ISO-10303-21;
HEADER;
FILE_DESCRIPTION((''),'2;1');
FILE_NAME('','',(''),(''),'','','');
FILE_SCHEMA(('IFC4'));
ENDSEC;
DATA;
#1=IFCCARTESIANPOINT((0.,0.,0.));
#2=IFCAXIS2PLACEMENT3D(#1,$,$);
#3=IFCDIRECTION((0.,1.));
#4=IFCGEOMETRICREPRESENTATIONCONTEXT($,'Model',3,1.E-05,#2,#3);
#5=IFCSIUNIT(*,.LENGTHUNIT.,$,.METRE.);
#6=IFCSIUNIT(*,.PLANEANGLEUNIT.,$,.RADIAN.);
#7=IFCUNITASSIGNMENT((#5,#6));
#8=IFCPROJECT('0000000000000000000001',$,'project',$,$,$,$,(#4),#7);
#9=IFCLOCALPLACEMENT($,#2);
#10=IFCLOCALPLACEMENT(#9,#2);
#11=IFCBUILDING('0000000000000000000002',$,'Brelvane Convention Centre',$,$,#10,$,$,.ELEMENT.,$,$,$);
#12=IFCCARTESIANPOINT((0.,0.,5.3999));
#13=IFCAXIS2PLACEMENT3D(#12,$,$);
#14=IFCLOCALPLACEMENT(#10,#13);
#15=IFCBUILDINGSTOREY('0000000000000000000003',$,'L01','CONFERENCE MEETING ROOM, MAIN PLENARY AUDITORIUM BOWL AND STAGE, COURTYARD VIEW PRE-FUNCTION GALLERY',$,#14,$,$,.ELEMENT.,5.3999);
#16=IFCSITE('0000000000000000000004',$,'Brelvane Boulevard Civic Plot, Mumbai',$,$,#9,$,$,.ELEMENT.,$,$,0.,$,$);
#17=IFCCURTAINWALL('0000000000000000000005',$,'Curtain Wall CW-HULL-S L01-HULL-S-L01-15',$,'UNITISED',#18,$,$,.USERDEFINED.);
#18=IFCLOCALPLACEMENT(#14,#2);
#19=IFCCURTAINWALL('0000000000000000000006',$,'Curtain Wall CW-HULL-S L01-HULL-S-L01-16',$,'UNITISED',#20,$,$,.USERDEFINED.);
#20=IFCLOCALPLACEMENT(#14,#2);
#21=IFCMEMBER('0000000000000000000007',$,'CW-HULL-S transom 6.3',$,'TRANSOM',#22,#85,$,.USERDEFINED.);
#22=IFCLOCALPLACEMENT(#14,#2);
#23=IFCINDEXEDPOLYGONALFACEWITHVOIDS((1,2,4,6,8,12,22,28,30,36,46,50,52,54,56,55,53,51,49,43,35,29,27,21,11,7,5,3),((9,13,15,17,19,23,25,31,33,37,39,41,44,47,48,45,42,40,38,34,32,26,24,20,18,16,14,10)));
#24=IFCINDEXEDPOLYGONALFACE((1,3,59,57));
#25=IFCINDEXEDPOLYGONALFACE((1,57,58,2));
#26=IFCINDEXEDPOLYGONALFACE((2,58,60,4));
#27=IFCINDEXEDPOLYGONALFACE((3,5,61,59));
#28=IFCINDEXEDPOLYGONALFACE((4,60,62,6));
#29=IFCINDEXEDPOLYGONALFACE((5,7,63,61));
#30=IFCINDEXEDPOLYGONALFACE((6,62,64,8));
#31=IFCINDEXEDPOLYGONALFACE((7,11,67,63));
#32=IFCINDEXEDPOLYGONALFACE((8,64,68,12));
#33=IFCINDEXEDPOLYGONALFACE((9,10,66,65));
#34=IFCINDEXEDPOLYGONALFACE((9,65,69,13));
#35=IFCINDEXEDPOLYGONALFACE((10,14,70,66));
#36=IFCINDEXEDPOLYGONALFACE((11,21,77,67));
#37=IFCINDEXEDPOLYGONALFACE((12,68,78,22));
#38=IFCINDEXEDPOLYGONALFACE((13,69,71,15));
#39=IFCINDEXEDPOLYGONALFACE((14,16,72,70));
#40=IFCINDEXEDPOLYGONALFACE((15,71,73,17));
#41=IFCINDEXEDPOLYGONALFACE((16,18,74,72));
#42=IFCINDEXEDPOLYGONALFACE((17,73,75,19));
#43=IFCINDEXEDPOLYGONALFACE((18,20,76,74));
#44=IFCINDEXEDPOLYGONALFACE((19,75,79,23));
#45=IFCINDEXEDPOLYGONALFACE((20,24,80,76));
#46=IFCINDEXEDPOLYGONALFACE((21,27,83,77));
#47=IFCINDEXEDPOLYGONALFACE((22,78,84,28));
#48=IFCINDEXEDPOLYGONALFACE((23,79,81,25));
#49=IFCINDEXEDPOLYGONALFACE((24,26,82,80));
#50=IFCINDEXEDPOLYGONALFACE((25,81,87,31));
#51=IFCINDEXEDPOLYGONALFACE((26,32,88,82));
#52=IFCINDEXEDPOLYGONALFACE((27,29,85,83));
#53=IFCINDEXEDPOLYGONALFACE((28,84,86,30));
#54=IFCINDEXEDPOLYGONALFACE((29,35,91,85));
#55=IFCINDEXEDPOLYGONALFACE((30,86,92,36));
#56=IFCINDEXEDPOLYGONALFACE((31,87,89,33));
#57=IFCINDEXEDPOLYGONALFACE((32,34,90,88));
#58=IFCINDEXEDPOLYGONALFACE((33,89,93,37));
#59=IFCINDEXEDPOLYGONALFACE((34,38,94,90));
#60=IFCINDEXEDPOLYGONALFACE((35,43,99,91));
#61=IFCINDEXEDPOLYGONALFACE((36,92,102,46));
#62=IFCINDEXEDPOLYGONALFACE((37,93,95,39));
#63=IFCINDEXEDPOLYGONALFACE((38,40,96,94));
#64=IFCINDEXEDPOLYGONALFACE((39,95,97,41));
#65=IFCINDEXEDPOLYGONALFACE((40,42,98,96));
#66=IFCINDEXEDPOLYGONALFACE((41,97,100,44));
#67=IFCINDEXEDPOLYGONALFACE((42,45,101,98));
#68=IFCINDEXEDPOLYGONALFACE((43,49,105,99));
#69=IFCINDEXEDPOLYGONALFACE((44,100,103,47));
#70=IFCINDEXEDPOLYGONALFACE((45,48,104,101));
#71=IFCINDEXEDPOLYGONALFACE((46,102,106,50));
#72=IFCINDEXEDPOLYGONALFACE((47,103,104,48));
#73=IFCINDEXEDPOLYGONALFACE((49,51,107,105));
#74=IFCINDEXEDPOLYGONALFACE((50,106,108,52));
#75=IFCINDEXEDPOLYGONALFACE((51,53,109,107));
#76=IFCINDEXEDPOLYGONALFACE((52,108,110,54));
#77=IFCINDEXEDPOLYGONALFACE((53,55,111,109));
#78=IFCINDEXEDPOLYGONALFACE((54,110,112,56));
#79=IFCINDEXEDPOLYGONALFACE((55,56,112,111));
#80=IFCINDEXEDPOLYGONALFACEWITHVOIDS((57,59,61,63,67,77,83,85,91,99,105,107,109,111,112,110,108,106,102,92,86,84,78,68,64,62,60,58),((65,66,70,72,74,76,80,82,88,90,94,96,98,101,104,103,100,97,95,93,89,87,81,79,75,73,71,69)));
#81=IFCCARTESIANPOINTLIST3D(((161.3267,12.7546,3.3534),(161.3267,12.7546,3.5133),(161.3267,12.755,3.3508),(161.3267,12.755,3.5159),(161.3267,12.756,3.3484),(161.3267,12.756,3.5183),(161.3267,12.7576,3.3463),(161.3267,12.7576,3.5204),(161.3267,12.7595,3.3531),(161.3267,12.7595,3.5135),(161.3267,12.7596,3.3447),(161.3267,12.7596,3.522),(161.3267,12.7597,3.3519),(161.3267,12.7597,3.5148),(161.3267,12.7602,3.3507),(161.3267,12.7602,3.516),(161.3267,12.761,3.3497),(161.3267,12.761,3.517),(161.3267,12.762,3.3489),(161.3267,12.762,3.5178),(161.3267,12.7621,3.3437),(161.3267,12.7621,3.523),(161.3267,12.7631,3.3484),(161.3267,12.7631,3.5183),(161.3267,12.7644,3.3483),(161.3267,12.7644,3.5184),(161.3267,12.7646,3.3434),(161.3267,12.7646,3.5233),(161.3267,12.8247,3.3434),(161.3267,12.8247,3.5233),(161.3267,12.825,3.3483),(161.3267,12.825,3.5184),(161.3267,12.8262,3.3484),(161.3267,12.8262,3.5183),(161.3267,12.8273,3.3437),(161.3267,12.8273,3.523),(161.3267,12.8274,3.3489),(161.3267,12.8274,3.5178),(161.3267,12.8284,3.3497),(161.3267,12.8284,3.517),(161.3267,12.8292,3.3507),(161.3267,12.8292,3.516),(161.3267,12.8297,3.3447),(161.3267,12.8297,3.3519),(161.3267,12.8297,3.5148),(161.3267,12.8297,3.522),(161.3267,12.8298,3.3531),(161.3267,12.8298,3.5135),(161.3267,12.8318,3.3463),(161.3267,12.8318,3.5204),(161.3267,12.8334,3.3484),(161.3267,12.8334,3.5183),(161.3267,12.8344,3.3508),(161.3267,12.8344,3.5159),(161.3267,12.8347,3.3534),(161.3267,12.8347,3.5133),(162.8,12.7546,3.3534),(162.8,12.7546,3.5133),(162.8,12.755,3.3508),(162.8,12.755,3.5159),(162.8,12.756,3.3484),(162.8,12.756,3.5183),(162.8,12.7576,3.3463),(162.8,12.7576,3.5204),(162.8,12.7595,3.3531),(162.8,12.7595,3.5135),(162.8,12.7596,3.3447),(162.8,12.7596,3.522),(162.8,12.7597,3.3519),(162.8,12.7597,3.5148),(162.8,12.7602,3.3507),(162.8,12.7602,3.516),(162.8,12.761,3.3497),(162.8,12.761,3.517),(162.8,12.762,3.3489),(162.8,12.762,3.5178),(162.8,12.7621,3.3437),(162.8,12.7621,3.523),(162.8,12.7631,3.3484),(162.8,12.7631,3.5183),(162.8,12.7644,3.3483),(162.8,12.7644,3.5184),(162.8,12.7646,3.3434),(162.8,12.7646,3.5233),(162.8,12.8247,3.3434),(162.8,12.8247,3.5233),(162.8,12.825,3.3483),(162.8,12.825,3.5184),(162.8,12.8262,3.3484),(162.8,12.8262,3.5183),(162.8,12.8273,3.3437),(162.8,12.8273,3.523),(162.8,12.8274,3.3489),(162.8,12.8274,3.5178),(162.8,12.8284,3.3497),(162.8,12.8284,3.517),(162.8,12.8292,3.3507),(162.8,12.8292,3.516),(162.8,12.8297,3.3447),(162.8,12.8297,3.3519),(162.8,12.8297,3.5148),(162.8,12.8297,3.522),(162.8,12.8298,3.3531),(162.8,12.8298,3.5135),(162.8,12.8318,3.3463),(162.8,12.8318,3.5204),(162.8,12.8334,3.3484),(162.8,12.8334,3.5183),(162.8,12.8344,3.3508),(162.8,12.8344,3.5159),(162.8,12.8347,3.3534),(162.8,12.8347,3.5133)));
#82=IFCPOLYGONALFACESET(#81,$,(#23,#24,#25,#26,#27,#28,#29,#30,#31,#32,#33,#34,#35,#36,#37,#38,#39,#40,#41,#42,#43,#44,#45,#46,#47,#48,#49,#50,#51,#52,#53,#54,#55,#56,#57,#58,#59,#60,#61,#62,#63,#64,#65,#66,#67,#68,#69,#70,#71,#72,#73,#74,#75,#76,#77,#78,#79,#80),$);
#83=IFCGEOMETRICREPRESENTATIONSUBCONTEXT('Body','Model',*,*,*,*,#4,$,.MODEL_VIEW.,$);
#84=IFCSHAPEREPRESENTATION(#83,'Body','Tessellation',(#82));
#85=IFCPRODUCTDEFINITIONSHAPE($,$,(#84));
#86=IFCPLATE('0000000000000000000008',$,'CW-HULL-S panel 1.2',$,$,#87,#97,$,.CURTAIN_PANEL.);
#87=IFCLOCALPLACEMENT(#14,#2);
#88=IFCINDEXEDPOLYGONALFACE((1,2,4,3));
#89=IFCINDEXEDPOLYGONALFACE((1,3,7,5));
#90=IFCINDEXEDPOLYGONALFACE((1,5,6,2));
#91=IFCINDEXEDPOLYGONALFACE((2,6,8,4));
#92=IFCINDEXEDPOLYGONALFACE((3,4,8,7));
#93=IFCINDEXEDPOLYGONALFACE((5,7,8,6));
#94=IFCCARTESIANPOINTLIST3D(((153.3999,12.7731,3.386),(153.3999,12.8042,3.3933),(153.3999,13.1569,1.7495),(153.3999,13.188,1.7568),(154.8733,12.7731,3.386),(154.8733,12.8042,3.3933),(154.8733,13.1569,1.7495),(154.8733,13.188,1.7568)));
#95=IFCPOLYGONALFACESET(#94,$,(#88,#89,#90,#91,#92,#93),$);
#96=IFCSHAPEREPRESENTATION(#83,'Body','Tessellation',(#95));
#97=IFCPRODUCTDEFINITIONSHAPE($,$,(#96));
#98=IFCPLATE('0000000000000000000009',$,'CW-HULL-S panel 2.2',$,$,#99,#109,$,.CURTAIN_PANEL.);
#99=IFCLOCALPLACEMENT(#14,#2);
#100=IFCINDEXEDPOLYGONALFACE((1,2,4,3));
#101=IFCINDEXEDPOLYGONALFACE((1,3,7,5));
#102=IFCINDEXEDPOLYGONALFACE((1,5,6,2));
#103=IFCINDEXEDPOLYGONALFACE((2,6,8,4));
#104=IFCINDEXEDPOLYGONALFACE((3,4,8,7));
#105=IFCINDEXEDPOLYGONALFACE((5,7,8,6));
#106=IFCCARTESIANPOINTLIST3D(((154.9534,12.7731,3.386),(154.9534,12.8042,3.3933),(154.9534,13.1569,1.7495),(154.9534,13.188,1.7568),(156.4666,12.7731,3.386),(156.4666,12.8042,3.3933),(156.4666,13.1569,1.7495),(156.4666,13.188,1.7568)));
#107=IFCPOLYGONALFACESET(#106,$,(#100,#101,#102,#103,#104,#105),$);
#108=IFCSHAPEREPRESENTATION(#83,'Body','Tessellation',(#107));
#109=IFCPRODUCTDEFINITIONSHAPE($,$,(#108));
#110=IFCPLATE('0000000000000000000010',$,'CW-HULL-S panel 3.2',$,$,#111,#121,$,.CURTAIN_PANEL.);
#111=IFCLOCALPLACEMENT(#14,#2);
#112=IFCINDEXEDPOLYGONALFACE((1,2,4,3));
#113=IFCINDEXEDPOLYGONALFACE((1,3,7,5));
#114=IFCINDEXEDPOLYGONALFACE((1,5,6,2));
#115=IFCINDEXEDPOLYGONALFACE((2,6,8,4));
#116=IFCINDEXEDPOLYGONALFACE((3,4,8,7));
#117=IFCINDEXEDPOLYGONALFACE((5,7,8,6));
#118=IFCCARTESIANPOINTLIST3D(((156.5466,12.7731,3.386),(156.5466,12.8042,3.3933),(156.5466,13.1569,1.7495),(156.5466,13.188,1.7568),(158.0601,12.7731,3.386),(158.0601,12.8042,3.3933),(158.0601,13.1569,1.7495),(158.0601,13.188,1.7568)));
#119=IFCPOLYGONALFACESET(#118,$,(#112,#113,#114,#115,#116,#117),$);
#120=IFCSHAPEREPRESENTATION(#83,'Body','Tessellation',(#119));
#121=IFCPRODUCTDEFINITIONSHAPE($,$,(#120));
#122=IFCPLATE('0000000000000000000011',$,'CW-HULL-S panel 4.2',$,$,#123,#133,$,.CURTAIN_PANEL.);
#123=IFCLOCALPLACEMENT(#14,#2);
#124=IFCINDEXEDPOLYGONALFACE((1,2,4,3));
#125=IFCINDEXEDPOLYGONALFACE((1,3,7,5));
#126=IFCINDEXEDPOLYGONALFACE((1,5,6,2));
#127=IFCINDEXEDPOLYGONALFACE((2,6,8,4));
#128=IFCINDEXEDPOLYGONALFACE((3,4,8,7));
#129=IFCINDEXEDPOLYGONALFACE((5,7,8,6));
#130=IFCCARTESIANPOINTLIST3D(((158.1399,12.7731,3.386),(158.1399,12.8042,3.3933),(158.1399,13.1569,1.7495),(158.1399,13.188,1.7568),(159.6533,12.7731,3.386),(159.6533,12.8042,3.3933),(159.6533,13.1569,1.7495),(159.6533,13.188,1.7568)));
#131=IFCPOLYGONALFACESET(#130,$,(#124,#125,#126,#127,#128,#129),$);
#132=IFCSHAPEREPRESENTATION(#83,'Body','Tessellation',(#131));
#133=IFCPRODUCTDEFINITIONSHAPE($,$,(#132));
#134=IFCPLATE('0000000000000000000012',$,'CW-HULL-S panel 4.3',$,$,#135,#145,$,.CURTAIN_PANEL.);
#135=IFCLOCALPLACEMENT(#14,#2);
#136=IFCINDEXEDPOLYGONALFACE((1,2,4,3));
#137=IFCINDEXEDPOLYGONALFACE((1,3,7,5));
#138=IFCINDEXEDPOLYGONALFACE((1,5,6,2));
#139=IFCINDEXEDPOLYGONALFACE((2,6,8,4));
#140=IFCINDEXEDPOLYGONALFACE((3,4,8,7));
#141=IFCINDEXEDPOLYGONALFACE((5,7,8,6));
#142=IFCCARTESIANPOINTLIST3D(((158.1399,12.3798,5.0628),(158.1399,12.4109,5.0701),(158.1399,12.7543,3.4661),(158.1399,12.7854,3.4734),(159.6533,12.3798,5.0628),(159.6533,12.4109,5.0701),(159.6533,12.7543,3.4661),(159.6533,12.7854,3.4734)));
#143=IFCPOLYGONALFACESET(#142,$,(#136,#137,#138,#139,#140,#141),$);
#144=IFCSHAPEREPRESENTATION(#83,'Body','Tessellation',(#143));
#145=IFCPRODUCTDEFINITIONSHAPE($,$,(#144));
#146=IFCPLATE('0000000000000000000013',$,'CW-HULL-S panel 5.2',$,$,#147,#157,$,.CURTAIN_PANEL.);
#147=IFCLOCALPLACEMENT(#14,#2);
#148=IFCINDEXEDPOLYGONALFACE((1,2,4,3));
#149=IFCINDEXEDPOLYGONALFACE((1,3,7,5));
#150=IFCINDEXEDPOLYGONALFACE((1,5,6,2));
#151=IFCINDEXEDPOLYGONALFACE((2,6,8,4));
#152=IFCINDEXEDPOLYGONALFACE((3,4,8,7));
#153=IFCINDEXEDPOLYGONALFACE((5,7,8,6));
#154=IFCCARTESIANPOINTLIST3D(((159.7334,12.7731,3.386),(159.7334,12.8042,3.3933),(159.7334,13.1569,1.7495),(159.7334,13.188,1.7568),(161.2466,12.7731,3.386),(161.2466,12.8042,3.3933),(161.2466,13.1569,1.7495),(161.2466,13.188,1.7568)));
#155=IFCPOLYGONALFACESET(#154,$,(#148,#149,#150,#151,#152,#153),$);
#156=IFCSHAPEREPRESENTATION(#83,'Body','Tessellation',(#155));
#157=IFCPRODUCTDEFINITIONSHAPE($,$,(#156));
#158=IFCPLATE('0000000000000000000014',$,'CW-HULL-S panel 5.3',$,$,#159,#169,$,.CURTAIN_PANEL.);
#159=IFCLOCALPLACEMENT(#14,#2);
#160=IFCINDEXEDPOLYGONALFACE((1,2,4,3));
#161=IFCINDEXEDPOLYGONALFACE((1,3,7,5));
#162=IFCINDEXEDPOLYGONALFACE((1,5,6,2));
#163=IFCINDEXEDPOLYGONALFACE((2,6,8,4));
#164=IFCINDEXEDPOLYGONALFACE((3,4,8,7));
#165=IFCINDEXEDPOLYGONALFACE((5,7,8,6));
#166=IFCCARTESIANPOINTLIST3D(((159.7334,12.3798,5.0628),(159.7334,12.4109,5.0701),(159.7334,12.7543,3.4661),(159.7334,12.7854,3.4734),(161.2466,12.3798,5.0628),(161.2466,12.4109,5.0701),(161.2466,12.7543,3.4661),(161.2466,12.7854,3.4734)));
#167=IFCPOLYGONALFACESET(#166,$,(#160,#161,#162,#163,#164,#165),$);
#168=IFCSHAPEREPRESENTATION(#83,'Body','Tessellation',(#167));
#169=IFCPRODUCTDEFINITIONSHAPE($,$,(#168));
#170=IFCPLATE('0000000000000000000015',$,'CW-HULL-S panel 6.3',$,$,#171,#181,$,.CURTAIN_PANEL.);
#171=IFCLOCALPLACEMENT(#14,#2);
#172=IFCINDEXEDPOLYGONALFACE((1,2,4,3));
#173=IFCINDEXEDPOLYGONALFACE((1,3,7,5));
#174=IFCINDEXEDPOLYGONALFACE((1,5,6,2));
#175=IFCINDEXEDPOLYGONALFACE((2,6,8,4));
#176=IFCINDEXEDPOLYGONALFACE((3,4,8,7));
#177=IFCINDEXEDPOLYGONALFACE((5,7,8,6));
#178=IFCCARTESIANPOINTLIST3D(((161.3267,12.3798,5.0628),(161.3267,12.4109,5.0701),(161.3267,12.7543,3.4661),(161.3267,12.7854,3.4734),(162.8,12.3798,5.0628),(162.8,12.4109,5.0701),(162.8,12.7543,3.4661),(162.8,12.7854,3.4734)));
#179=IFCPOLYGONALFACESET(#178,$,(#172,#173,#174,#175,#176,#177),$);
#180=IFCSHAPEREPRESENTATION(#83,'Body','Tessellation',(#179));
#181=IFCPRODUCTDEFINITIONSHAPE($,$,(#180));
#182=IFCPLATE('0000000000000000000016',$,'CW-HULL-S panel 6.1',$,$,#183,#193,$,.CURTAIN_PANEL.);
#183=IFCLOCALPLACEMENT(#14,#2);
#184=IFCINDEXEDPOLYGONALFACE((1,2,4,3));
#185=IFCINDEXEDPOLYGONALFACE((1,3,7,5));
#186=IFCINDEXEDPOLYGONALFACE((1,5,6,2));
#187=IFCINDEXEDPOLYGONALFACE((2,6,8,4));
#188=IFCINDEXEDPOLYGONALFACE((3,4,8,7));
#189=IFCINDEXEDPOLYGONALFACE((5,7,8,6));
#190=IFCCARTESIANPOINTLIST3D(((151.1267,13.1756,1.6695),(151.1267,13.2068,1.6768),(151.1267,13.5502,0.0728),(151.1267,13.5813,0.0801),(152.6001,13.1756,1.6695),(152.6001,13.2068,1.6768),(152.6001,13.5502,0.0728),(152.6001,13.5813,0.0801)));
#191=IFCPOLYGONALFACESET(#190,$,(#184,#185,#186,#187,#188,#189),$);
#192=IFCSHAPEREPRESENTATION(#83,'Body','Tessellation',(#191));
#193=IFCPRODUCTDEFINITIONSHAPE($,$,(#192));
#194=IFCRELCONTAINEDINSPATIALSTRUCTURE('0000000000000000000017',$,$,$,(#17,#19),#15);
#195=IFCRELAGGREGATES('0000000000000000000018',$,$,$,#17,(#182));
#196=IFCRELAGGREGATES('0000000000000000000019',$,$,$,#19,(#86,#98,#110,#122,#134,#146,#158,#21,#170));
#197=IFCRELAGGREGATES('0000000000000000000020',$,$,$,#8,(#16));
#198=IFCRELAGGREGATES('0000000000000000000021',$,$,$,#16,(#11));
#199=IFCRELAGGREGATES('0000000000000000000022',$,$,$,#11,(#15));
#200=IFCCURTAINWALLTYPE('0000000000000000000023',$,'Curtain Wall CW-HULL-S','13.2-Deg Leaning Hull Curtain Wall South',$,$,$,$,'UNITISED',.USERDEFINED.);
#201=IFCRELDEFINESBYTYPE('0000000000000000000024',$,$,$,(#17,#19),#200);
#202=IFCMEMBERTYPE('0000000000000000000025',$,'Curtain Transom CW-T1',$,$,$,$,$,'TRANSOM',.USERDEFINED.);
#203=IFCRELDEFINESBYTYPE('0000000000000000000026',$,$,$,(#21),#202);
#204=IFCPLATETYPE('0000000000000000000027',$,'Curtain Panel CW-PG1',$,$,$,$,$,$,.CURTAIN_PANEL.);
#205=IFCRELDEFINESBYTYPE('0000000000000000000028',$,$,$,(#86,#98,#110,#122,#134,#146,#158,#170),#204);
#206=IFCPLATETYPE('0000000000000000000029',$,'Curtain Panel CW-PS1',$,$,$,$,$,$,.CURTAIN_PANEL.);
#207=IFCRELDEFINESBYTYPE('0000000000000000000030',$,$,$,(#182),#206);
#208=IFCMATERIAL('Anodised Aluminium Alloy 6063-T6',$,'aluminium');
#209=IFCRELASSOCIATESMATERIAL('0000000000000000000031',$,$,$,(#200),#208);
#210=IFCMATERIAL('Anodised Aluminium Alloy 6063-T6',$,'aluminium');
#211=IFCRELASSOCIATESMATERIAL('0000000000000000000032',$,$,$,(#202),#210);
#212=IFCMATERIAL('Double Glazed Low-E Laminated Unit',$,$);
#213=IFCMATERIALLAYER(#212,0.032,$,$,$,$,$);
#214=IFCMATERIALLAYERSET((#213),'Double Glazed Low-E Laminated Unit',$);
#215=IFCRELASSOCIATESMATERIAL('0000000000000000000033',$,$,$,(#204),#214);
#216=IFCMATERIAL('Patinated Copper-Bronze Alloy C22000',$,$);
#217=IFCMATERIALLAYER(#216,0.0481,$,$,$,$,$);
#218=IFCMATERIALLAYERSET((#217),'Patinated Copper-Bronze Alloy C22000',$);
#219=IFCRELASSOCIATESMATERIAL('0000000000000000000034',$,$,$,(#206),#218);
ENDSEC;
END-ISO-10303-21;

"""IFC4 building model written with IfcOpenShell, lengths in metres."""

from ifc_helpers import new_model, si_unit, direction, frame, origin, origin_2d, place, context, subcontext, project, spatial, polyline, hollow_rectangle, outline, extrude, material, layer, layer_set, material_profile, profile_set, type_object, element, aggregate, save


model = new_model("IFC4")

# Units and contexts
model_context = context("Model", 3, precision=1e-05, world=origin(), true_north=direction((0.0, 1.0)))
body_context = subcontext(model_context, "Body", "Model", "MODEL_VIEW")
ifc_project = project(units=[si_unit("LENGTHUNIT", "METRE"), si_unit("PLANEANGLEUNIT", "RADIAN")], contexts=[model_context])

# Site, building, storey
site_placement = place(None, origin())
site = spatial("IfcSite", under=ifc_project, at=site_placement, Name="Brelvane Boulevard Civic Plot, Mumbai", CompositionType="ELEMENT", RefElevation=0.0)
building_placement = place(site_placement, origin())
building = spatial("IfcBuilding", under=site, at=building_placement, Name="Brelvane Convention Centre", CompositionType="ELEMENT")
storey_placement = place(building_placement, frame((0.0, 0.0, 5.3999)))
storey = spatial("IfcBuildingStorey", under=building, at=storey_placement, Name="L01", Description="CONFERENCE MEETING ROOM, MAIN PLENARY AUDITORIUM BOWL AND STAGE, COURTYARD VIEW PRE-FUNCTION GALLERY", CompositionType="ELEMENT", Elevation=5.3999)

# Curtain wall
ifc_material_1 = material(Name="Anodised Aluminium Alloy 6063-T6", Category="aluminium")
curtain_wall_type = type_object("IfcCurtainWallType", Name="Curtain Wall CW-HULL-S", Description="13.2-Deg Leaning Hull Curtain Wall South", ElementType="UNITISED", PredefinedType="USERDEFINED", material=ifc_material_1)
curtain_wall_1_placement = place(storey_placement, origin())
curtain_wall_1 = element("IfcCurtainWall", 1, at=curtain_wall_1_placement, inside=storey, type_object=curtain_wall_type, Name="Curtain Wall CW-HULL-S L01-HULL-S-L01-15", ObjectType="UNITISED", PredefinedType="USERDEFINED")
ifc_material_2 = material(Name="Anodised Aluminium Alloy 6063-T6", Category="aluminium")
ifc_material_profile = material_profile(ifc_material_2, hollow_rectangle(XDim=0.0801, YDim=0.1799, WallThickness=0.0049, InnerFilletRadius=0.0049, OuterFilletRadius=0.01, at=origin_2d()), Name="ALU-T 180x80x5.0")
ifc_profile_set = profile_set([ifc_material_profile], Name="Anodised Aluminium Alloy 6063-T6")
member_type = type_object("IfcMemberType", Name="Curtain Transom CW-T1", ElementType="TRANSOM", PredefinedType="USERDEFINED", material=ifc_profile_set)

# Curtain wall, member, plates
curtain_wall_2_placement = place(storey_placement, origin())
curtain_wall_2 = element("IfcCurtainWall", 2, at=curtain_wall_2_placement, inside=storey, type_object=curtain_wall_type, Name="Curtain Wall CW-HULL-S L01-HULL-S-L01-16", ObjectType="UNITISED", PredefinedType="USERDEFINED")
member_1_placement = place(storey_placement, frame((161.3267, 12.7947, 3.4333), z_axis=(1.0, 0.0, 0.0), x_axis=(0.0, 1.0, 0.0)))
member_1 = element("IfcMember", 3, at=member_1_placement, type_object=member_type, Name="CW-HULL-S transom 6.3", ObjectType="TRANSOM", PredefinedType="USERDEFINED", context=body_context, shape_type="SweptSolid", body=[
    extrude(hollow_rectangle(XDim=0.0801, YDim=0.1799, WallThickness=0.0049, InnerFilletRadius=0.0049, OuterFilletRadius=0.01, at=origin_2d()), origin(), (0.0, 0.0, 1.0), 1.4734),
])
ifc_material_3 = material(Name="Double Glazed Low-E Laminated Unit")
ifc_layer_1 = layer(ifc_material_3, 0.032)
ifc_layer_set_1 = layer_set([ifc_layer_1], Name="Double Glazed Low-E Laminated Unit")
plate_type_1 = type_object("IfcPlateType", Name="Curtain Panel CW-PG1", PredefinedType="CURTAIN_PANEL", material=ifc_layer_set_1)
plate_1_placement = place(storey_placement, frame((153.3999, 13.188, 1.7568), z_axis=(0.0, 0.973585, 0.228327), x_axis=(1.0, 0.0, 0.0)))
plate_1 = element("IfcPlate", 4, at=plate_1_placement, type_object=plate_type_1, Name="CW-HULL-S panel 1.2", PredefinedType="CURTAIN_PANEL", context=body_context, shape_type="SweptSolid", body=[
    extrude(outline(polyline([(0.0, 0.0), (1.4734, 0.0), (1.4734, -1.6809), (0.0, -1.6809), (0.0, 0.0)])), origin(), (0.0, 0.0, -1.0), 0.032),
])
plate_2_placement = place(storey_placement, frame((154.9534, 13.188, 1.7568), z_axis=(0.0, 0.973585, 0.228327), x_axis=(1.0, 0.0, 0.0)))
plate_2 = element("IfcPlate", 5, at=plate_2_placement, type_object=plate_type_1, Name="CW-HULL-S panel 2.2", PredefinedType="CURTAIN_PANEL", context=body_context, shape_type="SweptSolid", body=[
    extrude(outline(polyline([(0.0, 0.0), (1.5132, 0.0), (1.5132, -1.6809), (0.0, -1.6809), (0.0, 0.0)])), origin(), (0.0, 0.0, -1.0), 0.032),
])
plate_3_placement = place(storey_placement, frame((156.5466, 13.188, 1.7568), z_axis=(0.0, 0.973585, 0.228327), x_axis=(1.0, 0.0, 0.0)))
plate_3 = element("IfcPlate", 6, at=plate_3_placement, type_object=plate_type_1, Name="CW-HULL-S panel 3.2", PredefinedType="CURTAIN_PANEL", context=body_context, shape_type="SweptSolid", body=[
    extrude(outline(polyline([(0.0, 0.0), (1.5134, 0.0), (1.5134, -1.6809), (0.0, -1.6809), (0.0, 0.0)])), origin(), (0.0, 0.0, -1.0), 0.032),
])
plate_4_placement = place(storey_placement, frame((158.1399, 13.188, 1.7568), z_axis=(0.0, 0.973585, 0.228327), x_axis=(1.0, 0.0, 0.0)))
plate_4 = element("IfcPlate", 7, at=plate_4_placement, type_object=plate_type_1, Name="CW-HULL-S panel 4.2", PredefinedType="CURTAIN_PANEL", context=body_context, shape_type="SweptSolid", body=[
    extrude(outline(polyline([(0.0, 0.0), (1.5134, 0.0), (1.5134, -1.6809), (0.0, -1.6809), (0.0, 0.0)])), origin(), (0.0, 0.0, -1.0), 0.032),
])
plate_5_placement = place(storey_placement, frame((158.1399, 12.7854, 3.4734), z_axis=(0.0, 0.973577, 0.228359), x_axis=(1.0, 0.0, 0.0)))
plate_5 = element("IfcPlate", 8, at=plate_5_placement, type_object=plate_type_1, Name="CW-HULL-S panel 4.3", PredefinedType="CURTAIN_PANEL", context=body_context, shape_type="SweptSolid", body=[
    extrude(outline(polyline([(0.0, 0.0), (1.5134, 0.0), (1.5134, -1.64), (0.0, -1.64), (0.0, 0.0)])), origin(), (0.0, 0.0, -1.0), 0.032),
])
plate_6_placement = place(storey_placement, frame((159.7334, 13.188, 1.7568), z_axis=(0.0, 0.973585, 0.228327), x_axis=(1.0, 0.0, 0.0)))
plate_6 = element("IfcPlate", 9, at=plate_6_placement, type_object=plate_type_1, Name="CW-HULL-S panel 5.2", PredefinedType="CURTAIN_PANEL", context=body_context, shape_type="SweptSolid", body=[
    extrude(outline(polyline([(0.0, 0.0), (1.5132, 0.0), (1.5132, -1.6809), (0.0, -1.6809), (0.0, 0.0)])), origin(), (0.0, 0.0, -1.0), 0.032),
])
plate_7_placement = place(storey_placement, frame((159.7334, 12.7854, 3.4734), z_axis=(0.0, 0.973577, 0.228359), x_axis=(1.0, 0.0, 0.0)))
plate_7 = element("IfcPlate", 10, at=plate_7_placement, type_object=plate_type_1, Name="CW-HULL-S panel 5.3", PredefinedType="CURTAIN_PANEL", context=body_context, shape_type="SweptSolid", body=[
    extrude(outline(polyline([(0.0, 0.0), (1.5132, 0.0), (1.5132, -1.64), (0.0, -1.64), (0.0, 0.0)])), origin(), (0.0, 0.0, -1.0), 0.032),
])
plate_8_placement = place(storey_placement, frame((161.3267, 12.7854, 3.4734), z_axis=(0.0, 0.973577, 0.228359), x_axis=(1.0, 0.0, 0.0)))
plate_8 = element("IfcPlate", 11, at=plate_8_placement, type_object=plate_type_1, Name="CW-HULL-S panel 6.3", PredefinedType="CURTAIN_PANEL", context=body_context, shape_type="SweptSolid", body=[
    extrude(outline(polyline([(0.0, 0.0), (1.4734, 0.0), (1.4734, -1.64), (0.0, -1.64), (0.0, 0.0)])), origin(), (0.0, 0.0, -1.0), 0.032),
])

# Plate
ifc_material_4 = material(Name="Patinated Copper-Bronze Alloy C22000")
ifc_layer_2 = layer(ifc_material_4, 0.0481)
ifc_layer_set_2 = layer_set([ifc_layer_2], Name="Patinated Copper-Bronze Alloy C22000")
plate_type_2 = type_object("IfcPlateType", Name="Curtain Panel CW-PS1", PredefinedType="CURTAIN_PANEL", material=ifc_layer_set_2)
plate_9_placement = place(storey_placement, frame((151.1267, 13.5813, 0.0801), z_axis=(0.0, 0.973577, 0.228359), x_axis=(1.0, 0.0, 0.0)))
plate_9 = element("IfcPlate", 12, at=plate_9_placement, type_object=plate_type_2, Name="CW-HULL-S panel 6.1", PredefinedType="CURTAIN_PANEL", context=body_context, shape_type="SweptSolid", body=[
    extrude(outline(polyline([(0.0, 0.0), (1.4734, 0.0), (1.4734, -1.64), (0.0, -1.64), (0.0, 0.0)])), origin(), (0.0, 0.0, -1.0), 0.032),
])
aggregate(curtain_wall_1, [plate_9])
aggregate(curtain_wall_2, [plate_1, plate_2, plate_3, plate_4, plate_5, plate_6, plate_7, member_1, plate_8])

save(model, "model.ifc")
